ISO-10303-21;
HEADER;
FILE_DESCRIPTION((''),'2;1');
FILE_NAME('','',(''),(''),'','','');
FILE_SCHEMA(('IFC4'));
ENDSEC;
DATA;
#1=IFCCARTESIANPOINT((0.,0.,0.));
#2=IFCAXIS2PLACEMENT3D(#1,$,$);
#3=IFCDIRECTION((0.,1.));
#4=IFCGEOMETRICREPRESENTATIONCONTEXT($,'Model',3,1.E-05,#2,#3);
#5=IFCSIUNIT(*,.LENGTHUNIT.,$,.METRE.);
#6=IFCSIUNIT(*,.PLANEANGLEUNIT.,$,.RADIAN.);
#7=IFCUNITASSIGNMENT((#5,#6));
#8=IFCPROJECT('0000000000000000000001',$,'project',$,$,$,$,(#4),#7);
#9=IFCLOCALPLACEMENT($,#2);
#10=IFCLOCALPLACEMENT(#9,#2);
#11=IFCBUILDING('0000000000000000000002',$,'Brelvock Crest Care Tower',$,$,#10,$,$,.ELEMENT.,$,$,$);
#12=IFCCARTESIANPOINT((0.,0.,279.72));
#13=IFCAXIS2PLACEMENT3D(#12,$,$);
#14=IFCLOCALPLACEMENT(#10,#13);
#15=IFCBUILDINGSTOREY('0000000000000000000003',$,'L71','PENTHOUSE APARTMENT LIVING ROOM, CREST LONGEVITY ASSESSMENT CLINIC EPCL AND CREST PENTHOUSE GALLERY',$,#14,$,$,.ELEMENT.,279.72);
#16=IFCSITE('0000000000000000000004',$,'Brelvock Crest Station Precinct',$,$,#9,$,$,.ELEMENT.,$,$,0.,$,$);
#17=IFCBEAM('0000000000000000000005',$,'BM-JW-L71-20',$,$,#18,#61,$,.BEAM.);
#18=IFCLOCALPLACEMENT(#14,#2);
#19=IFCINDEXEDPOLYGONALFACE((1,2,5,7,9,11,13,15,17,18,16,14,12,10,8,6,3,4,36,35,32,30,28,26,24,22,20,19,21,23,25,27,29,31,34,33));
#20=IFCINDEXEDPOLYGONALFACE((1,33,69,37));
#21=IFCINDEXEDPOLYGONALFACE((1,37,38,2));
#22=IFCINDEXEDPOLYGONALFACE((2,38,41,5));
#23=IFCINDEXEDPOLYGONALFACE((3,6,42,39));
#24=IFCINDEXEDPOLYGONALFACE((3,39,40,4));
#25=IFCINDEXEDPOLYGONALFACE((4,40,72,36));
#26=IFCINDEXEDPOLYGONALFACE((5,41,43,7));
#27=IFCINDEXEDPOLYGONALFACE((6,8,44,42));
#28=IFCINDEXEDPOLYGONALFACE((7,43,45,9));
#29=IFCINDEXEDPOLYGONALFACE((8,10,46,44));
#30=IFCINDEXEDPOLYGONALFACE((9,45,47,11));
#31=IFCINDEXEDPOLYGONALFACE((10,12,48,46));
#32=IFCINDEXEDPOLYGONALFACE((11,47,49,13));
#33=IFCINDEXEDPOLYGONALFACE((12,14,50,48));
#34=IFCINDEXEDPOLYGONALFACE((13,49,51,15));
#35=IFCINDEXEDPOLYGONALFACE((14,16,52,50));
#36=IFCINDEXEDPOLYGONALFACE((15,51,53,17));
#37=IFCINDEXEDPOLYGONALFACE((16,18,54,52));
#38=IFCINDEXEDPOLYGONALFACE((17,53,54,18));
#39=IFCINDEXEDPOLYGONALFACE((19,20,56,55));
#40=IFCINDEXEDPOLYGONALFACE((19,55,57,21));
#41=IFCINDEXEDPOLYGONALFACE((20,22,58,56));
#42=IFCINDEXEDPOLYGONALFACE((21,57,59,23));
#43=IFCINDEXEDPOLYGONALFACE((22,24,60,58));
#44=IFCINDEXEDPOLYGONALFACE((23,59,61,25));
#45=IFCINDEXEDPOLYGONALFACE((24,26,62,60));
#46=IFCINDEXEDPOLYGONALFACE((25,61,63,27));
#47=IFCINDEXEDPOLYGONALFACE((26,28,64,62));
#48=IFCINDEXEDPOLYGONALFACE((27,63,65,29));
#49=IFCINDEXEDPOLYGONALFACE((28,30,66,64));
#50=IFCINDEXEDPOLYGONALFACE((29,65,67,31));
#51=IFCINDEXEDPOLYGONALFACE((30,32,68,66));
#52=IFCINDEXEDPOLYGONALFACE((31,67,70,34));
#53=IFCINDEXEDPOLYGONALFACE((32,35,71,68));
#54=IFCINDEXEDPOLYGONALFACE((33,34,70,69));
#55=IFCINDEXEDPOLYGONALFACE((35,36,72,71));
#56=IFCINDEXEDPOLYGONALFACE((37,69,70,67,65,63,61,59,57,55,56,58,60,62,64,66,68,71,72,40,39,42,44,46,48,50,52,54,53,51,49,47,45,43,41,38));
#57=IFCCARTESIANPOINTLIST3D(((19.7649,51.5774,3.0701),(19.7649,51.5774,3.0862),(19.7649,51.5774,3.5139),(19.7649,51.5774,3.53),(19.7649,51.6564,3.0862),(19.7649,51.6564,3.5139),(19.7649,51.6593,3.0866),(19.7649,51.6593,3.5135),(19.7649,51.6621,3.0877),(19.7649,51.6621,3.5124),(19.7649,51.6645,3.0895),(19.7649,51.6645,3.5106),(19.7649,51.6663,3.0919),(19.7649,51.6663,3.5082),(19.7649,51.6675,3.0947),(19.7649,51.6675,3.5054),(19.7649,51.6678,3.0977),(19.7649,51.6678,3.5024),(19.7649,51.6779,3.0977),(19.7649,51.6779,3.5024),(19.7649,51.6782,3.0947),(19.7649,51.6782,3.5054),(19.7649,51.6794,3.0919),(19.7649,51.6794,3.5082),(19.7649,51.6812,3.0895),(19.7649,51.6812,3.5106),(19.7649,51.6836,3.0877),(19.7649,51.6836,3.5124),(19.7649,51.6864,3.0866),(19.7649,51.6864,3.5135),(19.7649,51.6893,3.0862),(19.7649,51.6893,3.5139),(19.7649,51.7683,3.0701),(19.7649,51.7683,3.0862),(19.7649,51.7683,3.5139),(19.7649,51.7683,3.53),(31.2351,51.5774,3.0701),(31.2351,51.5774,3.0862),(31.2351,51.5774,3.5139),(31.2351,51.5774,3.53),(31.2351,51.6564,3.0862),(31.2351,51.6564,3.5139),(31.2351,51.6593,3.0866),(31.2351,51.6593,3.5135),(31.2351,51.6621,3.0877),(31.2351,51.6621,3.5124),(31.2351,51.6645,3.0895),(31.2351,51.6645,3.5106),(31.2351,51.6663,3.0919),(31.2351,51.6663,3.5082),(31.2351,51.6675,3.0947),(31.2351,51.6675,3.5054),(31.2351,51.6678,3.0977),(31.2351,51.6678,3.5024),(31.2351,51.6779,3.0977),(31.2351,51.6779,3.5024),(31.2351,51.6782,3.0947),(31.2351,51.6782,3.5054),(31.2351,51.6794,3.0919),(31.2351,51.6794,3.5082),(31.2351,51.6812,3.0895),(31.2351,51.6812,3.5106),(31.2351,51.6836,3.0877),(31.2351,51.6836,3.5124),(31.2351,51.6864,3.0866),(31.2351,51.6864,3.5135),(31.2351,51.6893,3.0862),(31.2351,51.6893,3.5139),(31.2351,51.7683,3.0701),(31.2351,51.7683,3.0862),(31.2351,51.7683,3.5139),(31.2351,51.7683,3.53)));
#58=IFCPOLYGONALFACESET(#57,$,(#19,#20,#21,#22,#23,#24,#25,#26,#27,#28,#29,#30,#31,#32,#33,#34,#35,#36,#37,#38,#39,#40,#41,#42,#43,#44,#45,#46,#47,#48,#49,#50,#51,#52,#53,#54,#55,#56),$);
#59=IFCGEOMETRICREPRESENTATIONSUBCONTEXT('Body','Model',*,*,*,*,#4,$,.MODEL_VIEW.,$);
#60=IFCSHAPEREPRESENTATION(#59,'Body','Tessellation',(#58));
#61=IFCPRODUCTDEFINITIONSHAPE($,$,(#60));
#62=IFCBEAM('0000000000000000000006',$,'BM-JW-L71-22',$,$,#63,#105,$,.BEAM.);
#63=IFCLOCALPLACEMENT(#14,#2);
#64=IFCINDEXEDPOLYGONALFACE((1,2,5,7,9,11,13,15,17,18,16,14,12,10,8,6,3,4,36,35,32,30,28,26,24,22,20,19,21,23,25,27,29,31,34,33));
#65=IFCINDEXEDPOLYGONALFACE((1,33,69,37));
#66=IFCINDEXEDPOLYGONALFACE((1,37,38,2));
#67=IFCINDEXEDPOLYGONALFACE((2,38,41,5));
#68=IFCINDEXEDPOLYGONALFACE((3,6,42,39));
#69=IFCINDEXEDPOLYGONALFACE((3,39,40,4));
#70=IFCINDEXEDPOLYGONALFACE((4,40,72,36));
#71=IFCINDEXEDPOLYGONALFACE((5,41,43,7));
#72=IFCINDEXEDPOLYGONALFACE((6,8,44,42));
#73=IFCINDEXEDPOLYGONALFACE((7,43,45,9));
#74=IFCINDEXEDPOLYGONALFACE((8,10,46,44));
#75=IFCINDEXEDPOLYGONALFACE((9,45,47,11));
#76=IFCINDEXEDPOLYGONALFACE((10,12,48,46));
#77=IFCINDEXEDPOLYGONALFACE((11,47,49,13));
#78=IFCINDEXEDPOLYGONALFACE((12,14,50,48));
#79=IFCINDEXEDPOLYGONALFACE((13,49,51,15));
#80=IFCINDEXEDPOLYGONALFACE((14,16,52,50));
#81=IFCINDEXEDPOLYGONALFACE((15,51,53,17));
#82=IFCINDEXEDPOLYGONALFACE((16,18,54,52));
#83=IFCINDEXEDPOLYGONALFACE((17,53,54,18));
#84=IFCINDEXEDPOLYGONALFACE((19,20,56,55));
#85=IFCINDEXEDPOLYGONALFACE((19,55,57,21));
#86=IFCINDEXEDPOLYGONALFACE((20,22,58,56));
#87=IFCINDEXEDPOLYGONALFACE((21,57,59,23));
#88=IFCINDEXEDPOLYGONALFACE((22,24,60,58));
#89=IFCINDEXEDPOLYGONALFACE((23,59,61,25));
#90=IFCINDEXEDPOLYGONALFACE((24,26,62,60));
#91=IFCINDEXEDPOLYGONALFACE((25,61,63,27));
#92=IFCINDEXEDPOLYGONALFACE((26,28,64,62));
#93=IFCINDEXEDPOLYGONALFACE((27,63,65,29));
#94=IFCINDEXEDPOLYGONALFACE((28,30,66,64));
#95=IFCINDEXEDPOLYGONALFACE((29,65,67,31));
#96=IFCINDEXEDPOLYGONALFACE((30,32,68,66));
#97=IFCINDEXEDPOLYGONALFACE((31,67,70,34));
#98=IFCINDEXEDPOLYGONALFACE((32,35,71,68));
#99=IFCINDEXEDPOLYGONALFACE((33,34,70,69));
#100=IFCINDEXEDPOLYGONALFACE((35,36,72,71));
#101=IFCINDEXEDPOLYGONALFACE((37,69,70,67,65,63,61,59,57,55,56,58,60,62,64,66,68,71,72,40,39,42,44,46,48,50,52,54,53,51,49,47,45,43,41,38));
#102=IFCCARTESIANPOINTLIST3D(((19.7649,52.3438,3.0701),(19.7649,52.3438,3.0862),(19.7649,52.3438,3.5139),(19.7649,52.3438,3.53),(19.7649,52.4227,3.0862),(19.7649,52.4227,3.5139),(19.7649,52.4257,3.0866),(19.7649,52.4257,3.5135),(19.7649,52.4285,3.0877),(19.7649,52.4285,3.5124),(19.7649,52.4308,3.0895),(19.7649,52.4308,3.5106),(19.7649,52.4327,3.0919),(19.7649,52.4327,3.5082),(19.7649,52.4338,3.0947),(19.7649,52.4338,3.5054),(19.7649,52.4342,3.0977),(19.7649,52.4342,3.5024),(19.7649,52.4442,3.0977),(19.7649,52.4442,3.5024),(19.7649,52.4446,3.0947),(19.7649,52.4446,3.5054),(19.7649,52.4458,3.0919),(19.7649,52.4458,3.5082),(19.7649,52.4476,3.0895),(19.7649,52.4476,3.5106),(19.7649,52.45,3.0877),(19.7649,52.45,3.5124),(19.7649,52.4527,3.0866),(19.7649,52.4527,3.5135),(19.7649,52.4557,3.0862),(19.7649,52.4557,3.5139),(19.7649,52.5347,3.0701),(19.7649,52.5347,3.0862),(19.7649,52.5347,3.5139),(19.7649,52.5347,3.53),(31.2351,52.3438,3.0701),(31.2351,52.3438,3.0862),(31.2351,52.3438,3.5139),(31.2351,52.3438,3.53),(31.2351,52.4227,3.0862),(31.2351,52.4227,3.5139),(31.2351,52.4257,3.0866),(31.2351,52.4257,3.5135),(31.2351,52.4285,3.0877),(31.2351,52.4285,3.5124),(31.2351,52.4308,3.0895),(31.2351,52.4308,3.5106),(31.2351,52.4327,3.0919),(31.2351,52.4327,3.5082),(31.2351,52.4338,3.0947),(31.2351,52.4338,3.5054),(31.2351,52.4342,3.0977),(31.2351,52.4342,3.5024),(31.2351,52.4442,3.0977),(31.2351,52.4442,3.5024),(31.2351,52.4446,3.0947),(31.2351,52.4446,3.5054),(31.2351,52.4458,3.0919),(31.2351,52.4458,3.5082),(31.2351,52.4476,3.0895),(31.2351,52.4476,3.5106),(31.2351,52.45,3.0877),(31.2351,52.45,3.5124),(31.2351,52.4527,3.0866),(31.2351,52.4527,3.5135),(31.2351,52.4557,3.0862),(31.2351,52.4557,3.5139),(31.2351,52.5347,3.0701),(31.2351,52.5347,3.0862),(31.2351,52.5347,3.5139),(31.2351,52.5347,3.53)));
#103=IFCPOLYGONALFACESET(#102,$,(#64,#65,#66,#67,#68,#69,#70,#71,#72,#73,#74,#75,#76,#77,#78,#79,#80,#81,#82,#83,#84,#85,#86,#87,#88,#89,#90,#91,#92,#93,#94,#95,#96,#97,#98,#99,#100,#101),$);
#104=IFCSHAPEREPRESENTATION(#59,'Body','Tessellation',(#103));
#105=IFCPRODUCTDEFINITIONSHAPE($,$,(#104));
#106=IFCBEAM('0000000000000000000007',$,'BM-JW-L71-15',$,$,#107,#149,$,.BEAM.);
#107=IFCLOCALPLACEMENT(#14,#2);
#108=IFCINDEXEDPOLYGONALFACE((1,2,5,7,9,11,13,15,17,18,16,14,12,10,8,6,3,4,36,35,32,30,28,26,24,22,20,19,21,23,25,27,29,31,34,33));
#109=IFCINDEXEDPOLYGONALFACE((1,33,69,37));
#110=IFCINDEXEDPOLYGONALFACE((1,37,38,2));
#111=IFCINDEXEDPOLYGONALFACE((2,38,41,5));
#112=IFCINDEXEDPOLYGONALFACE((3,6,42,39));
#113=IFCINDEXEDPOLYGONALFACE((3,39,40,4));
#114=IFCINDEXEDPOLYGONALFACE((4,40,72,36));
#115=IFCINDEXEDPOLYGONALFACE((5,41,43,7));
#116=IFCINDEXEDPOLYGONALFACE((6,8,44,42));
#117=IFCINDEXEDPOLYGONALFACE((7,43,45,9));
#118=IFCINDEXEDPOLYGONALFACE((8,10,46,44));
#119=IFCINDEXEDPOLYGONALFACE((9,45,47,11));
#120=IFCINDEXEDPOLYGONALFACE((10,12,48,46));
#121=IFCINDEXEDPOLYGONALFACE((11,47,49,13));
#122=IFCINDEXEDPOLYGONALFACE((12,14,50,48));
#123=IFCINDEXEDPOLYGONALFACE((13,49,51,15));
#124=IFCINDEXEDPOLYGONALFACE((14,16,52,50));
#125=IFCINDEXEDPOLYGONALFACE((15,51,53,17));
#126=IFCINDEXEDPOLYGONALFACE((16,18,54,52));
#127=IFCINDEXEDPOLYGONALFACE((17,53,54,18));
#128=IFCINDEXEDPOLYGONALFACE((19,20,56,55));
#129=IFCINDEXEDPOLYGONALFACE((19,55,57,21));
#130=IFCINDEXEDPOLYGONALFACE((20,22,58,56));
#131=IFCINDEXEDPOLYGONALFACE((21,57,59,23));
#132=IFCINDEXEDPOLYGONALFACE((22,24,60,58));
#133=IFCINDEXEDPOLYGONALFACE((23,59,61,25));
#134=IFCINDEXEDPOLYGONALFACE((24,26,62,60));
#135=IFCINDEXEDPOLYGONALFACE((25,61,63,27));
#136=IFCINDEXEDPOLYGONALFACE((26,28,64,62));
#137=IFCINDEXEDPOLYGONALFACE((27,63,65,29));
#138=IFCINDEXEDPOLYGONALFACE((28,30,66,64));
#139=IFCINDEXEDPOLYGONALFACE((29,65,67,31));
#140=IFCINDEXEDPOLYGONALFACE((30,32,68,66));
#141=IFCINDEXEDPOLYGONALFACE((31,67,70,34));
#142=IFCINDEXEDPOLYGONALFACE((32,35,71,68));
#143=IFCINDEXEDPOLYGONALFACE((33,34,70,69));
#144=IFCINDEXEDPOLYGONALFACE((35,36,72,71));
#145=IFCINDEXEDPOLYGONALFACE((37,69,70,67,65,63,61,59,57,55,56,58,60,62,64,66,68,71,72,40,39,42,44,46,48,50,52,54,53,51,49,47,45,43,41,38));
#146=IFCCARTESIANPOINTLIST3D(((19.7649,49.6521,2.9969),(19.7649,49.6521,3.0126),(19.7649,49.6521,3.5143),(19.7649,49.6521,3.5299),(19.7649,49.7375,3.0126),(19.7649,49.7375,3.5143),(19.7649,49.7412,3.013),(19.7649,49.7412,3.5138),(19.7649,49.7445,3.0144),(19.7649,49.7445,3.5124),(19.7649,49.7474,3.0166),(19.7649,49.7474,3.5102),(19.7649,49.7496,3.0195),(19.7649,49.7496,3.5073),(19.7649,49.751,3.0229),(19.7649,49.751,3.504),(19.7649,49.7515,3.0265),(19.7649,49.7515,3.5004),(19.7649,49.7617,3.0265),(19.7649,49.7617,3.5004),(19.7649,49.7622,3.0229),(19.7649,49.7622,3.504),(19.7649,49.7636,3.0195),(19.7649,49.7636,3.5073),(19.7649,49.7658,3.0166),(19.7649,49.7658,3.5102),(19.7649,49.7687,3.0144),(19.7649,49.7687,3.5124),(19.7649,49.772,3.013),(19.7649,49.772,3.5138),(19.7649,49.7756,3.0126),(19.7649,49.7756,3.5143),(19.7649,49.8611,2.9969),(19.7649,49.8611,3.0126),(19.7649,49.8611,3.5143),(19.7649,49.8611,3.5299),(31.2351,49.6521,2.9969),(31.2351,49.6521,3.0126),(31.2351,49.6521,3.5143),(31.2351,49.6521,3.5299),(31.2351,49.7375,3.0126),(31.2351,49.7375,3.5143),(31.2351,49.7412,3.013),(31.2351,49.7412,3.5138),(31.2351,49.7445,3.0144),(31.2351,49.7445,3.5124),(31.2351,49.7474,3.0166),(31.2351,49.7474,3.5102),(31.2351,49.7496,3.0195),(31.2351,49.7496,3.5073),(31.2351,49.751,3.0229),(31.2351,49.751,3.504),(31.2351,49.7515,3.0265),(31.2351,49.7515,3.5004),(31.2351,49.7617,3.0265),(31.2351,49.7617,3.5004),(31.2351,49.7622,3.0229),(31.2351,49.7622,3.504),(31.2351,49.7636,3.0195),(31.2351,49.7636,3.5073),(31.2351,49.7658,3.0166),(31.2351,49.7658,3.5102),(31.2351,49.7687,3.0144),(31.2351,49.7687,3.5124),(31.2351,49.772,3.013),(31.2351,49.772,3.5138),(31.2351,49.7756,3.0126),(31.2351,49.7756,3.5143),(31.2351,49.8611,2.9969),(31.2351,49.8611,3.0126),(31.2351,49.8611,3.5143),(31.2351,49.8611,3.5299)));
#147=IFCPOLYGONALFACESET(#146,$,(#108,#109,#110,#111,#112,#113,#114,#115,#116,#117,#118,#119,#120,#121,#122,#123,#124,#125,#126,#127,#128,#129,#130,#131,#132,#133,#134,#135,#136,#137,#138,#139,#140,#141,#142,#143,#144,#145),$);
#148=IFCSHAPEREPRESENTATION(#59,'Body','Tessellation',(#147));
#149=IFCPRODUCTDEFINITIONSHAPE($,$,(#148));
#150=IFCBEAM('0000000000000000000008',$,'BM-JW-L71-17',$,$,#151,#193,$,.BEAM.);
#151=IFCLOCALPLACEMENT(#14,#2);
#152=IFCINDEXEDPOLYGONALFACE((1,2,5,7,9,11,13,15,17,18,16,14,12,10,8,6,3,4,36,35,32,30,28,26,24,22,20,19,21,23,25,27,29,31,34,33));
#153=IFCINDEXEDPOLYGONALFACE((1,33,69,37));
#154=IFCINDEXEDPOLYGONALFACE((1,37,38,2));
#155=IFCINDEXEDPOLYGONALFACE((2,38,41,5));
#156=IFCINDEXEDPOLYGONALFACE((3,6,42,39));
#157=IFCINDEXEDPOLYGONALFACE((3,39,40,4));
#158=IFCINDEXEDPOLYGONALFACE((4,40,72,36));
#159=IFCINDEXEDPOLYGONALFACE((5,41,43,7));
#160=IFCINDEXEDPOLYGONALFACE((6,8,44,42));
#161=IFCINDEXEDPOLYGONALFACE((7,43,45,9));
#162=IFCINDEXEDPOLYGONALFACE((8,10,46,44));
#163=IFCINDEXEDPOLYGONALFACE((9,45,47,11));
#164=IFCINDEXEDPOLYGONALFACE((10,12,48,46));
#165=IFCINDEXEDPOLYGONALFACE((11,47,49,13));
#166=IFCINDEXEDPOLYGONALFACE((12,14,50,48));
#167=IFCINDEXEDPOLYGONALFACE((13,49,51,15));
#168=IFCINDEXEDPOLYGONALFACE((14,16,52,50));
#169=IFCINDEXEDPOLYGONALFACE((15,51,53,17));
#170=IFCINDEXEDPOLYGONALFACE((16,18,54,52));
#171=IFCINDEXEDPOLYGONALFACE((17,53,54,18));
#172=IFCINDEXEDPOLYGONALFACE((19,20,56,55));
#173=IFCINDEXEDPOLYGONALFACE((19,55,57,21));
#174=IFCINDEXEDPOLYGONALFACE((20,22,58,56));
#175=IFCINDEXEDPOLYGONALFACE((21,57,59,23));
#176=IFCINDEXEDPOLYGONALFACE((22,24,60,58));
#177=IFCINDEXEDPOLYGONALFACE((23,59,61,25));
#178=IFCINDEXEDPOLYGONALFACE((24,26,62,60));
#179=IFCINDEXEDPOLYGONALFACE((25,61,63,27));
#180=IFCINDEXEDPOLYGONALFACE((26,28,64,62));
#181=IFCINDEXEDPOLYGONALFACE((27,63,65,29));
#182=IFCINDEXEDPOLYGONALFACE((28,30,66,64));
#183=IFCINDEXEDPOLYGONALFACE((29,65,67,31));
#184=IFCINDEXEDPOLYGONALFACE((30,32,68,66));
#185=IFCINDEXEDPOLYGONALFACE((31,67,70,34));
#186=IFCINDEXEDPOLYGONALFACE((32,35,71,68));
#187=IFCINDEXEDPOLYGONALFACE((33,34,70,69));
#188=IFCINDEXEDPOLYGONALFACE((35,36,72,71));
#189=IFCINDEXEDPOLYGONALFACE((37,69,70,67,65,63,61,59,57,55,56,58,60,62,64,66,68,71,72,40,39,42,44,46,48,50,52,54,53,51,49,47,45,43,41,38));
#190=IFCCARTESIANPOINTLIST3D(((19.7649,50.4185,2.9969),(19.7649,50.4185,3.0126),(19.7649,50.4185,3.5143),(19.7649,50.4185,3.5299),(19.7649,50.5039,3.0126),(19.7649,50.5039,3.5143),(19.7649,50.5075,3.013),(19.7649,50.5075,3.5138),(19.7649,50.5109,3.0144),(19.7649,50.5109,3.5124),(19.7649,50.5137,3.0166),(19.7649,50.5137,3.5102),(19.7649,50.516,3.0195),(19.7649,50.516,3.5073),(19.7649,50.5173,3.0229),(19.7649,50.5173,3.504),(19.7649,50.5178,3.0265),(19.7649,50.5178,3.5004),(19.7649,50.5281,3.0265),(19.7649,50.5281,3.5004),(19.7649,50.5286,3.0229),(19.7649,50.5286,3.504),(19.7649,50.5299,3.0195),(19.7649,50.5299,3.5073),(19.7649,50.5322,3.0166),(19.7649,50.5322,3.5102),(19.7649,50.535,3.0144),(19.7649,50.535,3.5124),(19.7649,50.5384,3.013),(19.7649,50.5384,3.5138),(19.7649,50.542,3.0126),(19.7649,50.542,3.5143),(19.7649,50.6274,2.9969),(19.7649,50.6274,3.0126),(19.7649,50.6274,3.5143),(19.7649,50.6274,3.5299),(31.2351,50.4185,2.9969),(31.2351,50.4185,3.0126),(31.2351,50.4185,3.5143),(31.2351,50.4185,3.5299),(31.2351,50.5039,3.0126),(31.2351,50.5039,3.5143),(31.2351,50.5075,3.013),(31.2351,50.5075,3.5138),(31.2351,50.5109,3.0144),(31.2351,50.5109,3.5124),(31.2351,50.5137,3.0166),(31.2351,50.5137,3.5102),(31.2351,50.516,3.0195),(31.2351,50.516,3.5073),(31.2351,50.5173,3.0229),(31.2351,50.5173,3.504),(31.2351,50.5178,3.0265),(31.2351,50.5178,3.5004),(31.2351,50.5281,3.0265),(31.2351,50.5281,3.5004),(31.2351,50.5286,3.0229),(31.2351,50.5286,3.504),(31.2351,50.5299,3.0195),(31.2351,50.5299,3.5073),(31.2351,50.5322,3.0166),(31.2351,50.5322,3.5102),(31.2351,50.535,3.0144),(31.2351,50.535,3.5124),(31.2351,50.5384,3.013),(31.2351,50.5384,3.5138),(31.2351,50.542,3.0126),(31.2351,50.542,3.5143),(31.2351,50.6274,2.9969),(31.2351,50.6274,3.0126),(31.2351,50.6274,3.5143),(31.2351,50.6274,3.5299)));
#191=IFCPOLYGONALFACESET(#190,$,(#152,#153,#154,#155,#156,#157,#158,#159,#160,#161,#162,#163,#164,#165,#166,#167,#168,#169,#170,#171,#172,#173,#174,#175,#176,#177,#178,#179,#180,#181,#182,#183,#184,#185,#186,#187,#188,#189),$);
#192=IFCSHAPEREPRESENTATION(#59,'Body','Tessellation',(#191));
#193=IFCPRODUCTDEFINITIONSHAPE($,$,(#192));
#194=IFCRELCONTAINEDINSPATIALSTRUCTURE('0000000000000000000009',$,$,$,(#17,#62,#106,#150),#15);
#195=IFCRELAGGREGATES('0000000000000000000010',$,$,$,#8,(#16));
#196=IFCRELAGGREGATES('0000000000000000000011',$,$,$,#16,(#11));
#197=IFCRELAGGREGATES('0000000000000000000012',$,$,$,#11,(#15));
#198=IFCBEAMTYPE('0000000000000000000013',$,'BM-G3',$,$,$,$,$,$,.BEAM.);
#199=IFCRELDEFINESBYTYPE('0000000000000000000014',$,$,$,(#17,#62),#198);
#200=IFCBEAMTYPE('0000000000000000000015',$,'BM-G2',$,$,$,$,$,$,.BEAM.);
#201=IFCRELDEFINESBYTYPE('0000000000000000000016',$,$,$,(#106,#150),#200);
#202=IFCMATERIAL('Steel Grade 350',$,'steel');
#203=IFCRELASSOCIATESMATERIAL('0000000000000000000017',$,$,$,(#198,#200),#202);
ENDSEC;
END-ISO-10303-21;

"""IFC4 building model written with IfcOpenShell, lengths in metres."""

from ifc_helpers import new_model, si_unit, direction, frame, origin, origin_2d, place, context, subcontext, project, spatial, i_section, extrude, source, transform, mapped, material, material_profile, profile_set, type_object, element, save


model = new_model("IFC4")

# Units and contexts
model_context = context("Model", 3, precision=1e-05, world=origin(), true_north=direction((0.0, 1.0)))
body_context = subcontext(model_context, "Body", "Model", "MODEL_VIEW")
ifc_project = project(units=[si_unit("LENGTHUNIT", "METRE"), si_unit("PLANEANGLEUNIT", "RADIAN")], contexts=[model_context])

# Site, building, storey
site_placement = place(None, origin())
site = spatial("IfcSite", under=ifc_project, at=site_placement, Name="Brelvock Crest Station Precinct", CompositionType="ELEMENT", RefElevation=0.0)
building_placement = place(site_placement, origin())
building = spatial("IfcBuilding", under=site, at=building_placement, Name="Brelvock Crest Care Tower", CompositionType="ELEMENT")
storey_placement = place(building_placement, frame((0.0, 0.0, 279.72)))
storey = spatial("IfcBuildingStorey", under=building, at=storey_placement, Name="L71", Description="PENTHOUSE APARTMENT LIVING ROOM, CREST LONGEVITY ASSESSMENT CLINIC EPCL AND CREST PENTHOUSE GALLERY", CompositionType="ELEMENT", Elevation=279.72)

# Beams
ifc_material_1 = material(Name="Steel Grade 350", Category="steel")
ifc_material_profile_1 = material_profile(ifc_material_1, i_section(OverallWidth=0.1909, OverallDepth=0.46, WebThickness=0.01, FlangeThickness=0.0161, FilletRadius=0.0115, at=origin_2d()), Name="460UB82.1")
ifc_profile_set_1 = profile_set([ifc_material_profile_1], Name="Steel Grade 350")
beam_type_1 = type_object("IfcBeamType", Name="BM-G3", PredefinedType="BEAM", material=ifc_profile_set_1)
shared_shape_1 = source(origin(), body_context, "Body", "SweptSolid", [
    extrude(i_section(OverallWidth=0.1909, OverallDepth=0.46, WebThickness=0.01, FlangeThickness=0.0161, FilletRadius=0.0115, at=origin_2d()), origin(), (0.0, 0.0, 1.0), 11.4702),
])
for number, where, z_axis, x_axis, name in (
    (1, (19.7649, 51.6729, 3.3), (1.0, 0.0, 0.0), (0.0, 1.0, 0.0), "BM-JW-L71-20"),
    (2, (19.7649, 52.4392, 3.3), (1.0, 0.0, 0.0), (0.0, 1.0, 0.0), "BM-JW-L71-22"),
):
    element("IfcBeam", number, at=place(storey_placement, frame(where, z_axis=z_axis, x_axis=x_axis)), inside=storey, type_object=beam_type_1, Name=name, PredefinedType="BEAM", context=body_context, shape_type="MappedRepresentation", body=[
        mapped(shared_shape_1, transform((0.0, 0.0, 0.0), x_axis=(1.0, 0.0, 0.0), y_axis=(0.0, 1.0, 0.0), z_axis=(0.0, 0.0, 1.0), scale=1.0)),
    ])
ifc_material_profile_2 = material_profile(ifc_material_1, i_section(OverallWidth=0.209, OverallDepth=0.533, WebThickness=0.0103, FlangeThickness=0.0156, FilletRadius=0.0139, at=origin_2d()), Name="530UB92.4")
ifc_profile_set_2 = profile_set([ifc_material_profile_2], Name="Steel Grade 350")
beam_type_2 = type_object("IfcBeamType", Name="BM-G2", PredefinedType="BEAM", material=ifc_profile_set_2)
shared_shape_2 = source(origin(), body_context, "Body", "SweptSolid", [
    extrude(i_section(OverallWidth=0.209, OverallDepth=0.533, WebThickness=0.0103, FlangeThickness=0.0156, FilletRadius=0.0139, at=origin_2d()), origin(), (0.0, 0.0, 1.0), 11.4702),
])
for number, where, z_axis, x_axis, name in (
    (3, (19.7649, 49.7566, 3.2634), (1.0, 0.0, 0.0), (0.0, 1.0, 0.0), "BM-JW-L71-15"),
    (4, (19.7649, 50.5229, 3.2634), (1.0, 0.0, 0.0), (0.0, 1.0, 0.0), "BM-JW-L71-17"),
):
    element("IfcBeam", number, at=place(storey_placement, frame(where, z_axis=z_axis, x_axis=x_axis)), inside=storey, type_object=beam_type_2, Name=name, PredefinedType="BEAM", context=body_context, shape_type="MappedRepresentation", body=[
        mapped(shared_shape_2, transform((0.0, 0.0, 0.0), x_axis=(1.0, 0.0, 0.0), y_axis=(0.0, 1.0, 0.0), z_axis=(0.0, 0.0, 1.0), scale=1.0)),
    ])

save(model, "model.ifc")
